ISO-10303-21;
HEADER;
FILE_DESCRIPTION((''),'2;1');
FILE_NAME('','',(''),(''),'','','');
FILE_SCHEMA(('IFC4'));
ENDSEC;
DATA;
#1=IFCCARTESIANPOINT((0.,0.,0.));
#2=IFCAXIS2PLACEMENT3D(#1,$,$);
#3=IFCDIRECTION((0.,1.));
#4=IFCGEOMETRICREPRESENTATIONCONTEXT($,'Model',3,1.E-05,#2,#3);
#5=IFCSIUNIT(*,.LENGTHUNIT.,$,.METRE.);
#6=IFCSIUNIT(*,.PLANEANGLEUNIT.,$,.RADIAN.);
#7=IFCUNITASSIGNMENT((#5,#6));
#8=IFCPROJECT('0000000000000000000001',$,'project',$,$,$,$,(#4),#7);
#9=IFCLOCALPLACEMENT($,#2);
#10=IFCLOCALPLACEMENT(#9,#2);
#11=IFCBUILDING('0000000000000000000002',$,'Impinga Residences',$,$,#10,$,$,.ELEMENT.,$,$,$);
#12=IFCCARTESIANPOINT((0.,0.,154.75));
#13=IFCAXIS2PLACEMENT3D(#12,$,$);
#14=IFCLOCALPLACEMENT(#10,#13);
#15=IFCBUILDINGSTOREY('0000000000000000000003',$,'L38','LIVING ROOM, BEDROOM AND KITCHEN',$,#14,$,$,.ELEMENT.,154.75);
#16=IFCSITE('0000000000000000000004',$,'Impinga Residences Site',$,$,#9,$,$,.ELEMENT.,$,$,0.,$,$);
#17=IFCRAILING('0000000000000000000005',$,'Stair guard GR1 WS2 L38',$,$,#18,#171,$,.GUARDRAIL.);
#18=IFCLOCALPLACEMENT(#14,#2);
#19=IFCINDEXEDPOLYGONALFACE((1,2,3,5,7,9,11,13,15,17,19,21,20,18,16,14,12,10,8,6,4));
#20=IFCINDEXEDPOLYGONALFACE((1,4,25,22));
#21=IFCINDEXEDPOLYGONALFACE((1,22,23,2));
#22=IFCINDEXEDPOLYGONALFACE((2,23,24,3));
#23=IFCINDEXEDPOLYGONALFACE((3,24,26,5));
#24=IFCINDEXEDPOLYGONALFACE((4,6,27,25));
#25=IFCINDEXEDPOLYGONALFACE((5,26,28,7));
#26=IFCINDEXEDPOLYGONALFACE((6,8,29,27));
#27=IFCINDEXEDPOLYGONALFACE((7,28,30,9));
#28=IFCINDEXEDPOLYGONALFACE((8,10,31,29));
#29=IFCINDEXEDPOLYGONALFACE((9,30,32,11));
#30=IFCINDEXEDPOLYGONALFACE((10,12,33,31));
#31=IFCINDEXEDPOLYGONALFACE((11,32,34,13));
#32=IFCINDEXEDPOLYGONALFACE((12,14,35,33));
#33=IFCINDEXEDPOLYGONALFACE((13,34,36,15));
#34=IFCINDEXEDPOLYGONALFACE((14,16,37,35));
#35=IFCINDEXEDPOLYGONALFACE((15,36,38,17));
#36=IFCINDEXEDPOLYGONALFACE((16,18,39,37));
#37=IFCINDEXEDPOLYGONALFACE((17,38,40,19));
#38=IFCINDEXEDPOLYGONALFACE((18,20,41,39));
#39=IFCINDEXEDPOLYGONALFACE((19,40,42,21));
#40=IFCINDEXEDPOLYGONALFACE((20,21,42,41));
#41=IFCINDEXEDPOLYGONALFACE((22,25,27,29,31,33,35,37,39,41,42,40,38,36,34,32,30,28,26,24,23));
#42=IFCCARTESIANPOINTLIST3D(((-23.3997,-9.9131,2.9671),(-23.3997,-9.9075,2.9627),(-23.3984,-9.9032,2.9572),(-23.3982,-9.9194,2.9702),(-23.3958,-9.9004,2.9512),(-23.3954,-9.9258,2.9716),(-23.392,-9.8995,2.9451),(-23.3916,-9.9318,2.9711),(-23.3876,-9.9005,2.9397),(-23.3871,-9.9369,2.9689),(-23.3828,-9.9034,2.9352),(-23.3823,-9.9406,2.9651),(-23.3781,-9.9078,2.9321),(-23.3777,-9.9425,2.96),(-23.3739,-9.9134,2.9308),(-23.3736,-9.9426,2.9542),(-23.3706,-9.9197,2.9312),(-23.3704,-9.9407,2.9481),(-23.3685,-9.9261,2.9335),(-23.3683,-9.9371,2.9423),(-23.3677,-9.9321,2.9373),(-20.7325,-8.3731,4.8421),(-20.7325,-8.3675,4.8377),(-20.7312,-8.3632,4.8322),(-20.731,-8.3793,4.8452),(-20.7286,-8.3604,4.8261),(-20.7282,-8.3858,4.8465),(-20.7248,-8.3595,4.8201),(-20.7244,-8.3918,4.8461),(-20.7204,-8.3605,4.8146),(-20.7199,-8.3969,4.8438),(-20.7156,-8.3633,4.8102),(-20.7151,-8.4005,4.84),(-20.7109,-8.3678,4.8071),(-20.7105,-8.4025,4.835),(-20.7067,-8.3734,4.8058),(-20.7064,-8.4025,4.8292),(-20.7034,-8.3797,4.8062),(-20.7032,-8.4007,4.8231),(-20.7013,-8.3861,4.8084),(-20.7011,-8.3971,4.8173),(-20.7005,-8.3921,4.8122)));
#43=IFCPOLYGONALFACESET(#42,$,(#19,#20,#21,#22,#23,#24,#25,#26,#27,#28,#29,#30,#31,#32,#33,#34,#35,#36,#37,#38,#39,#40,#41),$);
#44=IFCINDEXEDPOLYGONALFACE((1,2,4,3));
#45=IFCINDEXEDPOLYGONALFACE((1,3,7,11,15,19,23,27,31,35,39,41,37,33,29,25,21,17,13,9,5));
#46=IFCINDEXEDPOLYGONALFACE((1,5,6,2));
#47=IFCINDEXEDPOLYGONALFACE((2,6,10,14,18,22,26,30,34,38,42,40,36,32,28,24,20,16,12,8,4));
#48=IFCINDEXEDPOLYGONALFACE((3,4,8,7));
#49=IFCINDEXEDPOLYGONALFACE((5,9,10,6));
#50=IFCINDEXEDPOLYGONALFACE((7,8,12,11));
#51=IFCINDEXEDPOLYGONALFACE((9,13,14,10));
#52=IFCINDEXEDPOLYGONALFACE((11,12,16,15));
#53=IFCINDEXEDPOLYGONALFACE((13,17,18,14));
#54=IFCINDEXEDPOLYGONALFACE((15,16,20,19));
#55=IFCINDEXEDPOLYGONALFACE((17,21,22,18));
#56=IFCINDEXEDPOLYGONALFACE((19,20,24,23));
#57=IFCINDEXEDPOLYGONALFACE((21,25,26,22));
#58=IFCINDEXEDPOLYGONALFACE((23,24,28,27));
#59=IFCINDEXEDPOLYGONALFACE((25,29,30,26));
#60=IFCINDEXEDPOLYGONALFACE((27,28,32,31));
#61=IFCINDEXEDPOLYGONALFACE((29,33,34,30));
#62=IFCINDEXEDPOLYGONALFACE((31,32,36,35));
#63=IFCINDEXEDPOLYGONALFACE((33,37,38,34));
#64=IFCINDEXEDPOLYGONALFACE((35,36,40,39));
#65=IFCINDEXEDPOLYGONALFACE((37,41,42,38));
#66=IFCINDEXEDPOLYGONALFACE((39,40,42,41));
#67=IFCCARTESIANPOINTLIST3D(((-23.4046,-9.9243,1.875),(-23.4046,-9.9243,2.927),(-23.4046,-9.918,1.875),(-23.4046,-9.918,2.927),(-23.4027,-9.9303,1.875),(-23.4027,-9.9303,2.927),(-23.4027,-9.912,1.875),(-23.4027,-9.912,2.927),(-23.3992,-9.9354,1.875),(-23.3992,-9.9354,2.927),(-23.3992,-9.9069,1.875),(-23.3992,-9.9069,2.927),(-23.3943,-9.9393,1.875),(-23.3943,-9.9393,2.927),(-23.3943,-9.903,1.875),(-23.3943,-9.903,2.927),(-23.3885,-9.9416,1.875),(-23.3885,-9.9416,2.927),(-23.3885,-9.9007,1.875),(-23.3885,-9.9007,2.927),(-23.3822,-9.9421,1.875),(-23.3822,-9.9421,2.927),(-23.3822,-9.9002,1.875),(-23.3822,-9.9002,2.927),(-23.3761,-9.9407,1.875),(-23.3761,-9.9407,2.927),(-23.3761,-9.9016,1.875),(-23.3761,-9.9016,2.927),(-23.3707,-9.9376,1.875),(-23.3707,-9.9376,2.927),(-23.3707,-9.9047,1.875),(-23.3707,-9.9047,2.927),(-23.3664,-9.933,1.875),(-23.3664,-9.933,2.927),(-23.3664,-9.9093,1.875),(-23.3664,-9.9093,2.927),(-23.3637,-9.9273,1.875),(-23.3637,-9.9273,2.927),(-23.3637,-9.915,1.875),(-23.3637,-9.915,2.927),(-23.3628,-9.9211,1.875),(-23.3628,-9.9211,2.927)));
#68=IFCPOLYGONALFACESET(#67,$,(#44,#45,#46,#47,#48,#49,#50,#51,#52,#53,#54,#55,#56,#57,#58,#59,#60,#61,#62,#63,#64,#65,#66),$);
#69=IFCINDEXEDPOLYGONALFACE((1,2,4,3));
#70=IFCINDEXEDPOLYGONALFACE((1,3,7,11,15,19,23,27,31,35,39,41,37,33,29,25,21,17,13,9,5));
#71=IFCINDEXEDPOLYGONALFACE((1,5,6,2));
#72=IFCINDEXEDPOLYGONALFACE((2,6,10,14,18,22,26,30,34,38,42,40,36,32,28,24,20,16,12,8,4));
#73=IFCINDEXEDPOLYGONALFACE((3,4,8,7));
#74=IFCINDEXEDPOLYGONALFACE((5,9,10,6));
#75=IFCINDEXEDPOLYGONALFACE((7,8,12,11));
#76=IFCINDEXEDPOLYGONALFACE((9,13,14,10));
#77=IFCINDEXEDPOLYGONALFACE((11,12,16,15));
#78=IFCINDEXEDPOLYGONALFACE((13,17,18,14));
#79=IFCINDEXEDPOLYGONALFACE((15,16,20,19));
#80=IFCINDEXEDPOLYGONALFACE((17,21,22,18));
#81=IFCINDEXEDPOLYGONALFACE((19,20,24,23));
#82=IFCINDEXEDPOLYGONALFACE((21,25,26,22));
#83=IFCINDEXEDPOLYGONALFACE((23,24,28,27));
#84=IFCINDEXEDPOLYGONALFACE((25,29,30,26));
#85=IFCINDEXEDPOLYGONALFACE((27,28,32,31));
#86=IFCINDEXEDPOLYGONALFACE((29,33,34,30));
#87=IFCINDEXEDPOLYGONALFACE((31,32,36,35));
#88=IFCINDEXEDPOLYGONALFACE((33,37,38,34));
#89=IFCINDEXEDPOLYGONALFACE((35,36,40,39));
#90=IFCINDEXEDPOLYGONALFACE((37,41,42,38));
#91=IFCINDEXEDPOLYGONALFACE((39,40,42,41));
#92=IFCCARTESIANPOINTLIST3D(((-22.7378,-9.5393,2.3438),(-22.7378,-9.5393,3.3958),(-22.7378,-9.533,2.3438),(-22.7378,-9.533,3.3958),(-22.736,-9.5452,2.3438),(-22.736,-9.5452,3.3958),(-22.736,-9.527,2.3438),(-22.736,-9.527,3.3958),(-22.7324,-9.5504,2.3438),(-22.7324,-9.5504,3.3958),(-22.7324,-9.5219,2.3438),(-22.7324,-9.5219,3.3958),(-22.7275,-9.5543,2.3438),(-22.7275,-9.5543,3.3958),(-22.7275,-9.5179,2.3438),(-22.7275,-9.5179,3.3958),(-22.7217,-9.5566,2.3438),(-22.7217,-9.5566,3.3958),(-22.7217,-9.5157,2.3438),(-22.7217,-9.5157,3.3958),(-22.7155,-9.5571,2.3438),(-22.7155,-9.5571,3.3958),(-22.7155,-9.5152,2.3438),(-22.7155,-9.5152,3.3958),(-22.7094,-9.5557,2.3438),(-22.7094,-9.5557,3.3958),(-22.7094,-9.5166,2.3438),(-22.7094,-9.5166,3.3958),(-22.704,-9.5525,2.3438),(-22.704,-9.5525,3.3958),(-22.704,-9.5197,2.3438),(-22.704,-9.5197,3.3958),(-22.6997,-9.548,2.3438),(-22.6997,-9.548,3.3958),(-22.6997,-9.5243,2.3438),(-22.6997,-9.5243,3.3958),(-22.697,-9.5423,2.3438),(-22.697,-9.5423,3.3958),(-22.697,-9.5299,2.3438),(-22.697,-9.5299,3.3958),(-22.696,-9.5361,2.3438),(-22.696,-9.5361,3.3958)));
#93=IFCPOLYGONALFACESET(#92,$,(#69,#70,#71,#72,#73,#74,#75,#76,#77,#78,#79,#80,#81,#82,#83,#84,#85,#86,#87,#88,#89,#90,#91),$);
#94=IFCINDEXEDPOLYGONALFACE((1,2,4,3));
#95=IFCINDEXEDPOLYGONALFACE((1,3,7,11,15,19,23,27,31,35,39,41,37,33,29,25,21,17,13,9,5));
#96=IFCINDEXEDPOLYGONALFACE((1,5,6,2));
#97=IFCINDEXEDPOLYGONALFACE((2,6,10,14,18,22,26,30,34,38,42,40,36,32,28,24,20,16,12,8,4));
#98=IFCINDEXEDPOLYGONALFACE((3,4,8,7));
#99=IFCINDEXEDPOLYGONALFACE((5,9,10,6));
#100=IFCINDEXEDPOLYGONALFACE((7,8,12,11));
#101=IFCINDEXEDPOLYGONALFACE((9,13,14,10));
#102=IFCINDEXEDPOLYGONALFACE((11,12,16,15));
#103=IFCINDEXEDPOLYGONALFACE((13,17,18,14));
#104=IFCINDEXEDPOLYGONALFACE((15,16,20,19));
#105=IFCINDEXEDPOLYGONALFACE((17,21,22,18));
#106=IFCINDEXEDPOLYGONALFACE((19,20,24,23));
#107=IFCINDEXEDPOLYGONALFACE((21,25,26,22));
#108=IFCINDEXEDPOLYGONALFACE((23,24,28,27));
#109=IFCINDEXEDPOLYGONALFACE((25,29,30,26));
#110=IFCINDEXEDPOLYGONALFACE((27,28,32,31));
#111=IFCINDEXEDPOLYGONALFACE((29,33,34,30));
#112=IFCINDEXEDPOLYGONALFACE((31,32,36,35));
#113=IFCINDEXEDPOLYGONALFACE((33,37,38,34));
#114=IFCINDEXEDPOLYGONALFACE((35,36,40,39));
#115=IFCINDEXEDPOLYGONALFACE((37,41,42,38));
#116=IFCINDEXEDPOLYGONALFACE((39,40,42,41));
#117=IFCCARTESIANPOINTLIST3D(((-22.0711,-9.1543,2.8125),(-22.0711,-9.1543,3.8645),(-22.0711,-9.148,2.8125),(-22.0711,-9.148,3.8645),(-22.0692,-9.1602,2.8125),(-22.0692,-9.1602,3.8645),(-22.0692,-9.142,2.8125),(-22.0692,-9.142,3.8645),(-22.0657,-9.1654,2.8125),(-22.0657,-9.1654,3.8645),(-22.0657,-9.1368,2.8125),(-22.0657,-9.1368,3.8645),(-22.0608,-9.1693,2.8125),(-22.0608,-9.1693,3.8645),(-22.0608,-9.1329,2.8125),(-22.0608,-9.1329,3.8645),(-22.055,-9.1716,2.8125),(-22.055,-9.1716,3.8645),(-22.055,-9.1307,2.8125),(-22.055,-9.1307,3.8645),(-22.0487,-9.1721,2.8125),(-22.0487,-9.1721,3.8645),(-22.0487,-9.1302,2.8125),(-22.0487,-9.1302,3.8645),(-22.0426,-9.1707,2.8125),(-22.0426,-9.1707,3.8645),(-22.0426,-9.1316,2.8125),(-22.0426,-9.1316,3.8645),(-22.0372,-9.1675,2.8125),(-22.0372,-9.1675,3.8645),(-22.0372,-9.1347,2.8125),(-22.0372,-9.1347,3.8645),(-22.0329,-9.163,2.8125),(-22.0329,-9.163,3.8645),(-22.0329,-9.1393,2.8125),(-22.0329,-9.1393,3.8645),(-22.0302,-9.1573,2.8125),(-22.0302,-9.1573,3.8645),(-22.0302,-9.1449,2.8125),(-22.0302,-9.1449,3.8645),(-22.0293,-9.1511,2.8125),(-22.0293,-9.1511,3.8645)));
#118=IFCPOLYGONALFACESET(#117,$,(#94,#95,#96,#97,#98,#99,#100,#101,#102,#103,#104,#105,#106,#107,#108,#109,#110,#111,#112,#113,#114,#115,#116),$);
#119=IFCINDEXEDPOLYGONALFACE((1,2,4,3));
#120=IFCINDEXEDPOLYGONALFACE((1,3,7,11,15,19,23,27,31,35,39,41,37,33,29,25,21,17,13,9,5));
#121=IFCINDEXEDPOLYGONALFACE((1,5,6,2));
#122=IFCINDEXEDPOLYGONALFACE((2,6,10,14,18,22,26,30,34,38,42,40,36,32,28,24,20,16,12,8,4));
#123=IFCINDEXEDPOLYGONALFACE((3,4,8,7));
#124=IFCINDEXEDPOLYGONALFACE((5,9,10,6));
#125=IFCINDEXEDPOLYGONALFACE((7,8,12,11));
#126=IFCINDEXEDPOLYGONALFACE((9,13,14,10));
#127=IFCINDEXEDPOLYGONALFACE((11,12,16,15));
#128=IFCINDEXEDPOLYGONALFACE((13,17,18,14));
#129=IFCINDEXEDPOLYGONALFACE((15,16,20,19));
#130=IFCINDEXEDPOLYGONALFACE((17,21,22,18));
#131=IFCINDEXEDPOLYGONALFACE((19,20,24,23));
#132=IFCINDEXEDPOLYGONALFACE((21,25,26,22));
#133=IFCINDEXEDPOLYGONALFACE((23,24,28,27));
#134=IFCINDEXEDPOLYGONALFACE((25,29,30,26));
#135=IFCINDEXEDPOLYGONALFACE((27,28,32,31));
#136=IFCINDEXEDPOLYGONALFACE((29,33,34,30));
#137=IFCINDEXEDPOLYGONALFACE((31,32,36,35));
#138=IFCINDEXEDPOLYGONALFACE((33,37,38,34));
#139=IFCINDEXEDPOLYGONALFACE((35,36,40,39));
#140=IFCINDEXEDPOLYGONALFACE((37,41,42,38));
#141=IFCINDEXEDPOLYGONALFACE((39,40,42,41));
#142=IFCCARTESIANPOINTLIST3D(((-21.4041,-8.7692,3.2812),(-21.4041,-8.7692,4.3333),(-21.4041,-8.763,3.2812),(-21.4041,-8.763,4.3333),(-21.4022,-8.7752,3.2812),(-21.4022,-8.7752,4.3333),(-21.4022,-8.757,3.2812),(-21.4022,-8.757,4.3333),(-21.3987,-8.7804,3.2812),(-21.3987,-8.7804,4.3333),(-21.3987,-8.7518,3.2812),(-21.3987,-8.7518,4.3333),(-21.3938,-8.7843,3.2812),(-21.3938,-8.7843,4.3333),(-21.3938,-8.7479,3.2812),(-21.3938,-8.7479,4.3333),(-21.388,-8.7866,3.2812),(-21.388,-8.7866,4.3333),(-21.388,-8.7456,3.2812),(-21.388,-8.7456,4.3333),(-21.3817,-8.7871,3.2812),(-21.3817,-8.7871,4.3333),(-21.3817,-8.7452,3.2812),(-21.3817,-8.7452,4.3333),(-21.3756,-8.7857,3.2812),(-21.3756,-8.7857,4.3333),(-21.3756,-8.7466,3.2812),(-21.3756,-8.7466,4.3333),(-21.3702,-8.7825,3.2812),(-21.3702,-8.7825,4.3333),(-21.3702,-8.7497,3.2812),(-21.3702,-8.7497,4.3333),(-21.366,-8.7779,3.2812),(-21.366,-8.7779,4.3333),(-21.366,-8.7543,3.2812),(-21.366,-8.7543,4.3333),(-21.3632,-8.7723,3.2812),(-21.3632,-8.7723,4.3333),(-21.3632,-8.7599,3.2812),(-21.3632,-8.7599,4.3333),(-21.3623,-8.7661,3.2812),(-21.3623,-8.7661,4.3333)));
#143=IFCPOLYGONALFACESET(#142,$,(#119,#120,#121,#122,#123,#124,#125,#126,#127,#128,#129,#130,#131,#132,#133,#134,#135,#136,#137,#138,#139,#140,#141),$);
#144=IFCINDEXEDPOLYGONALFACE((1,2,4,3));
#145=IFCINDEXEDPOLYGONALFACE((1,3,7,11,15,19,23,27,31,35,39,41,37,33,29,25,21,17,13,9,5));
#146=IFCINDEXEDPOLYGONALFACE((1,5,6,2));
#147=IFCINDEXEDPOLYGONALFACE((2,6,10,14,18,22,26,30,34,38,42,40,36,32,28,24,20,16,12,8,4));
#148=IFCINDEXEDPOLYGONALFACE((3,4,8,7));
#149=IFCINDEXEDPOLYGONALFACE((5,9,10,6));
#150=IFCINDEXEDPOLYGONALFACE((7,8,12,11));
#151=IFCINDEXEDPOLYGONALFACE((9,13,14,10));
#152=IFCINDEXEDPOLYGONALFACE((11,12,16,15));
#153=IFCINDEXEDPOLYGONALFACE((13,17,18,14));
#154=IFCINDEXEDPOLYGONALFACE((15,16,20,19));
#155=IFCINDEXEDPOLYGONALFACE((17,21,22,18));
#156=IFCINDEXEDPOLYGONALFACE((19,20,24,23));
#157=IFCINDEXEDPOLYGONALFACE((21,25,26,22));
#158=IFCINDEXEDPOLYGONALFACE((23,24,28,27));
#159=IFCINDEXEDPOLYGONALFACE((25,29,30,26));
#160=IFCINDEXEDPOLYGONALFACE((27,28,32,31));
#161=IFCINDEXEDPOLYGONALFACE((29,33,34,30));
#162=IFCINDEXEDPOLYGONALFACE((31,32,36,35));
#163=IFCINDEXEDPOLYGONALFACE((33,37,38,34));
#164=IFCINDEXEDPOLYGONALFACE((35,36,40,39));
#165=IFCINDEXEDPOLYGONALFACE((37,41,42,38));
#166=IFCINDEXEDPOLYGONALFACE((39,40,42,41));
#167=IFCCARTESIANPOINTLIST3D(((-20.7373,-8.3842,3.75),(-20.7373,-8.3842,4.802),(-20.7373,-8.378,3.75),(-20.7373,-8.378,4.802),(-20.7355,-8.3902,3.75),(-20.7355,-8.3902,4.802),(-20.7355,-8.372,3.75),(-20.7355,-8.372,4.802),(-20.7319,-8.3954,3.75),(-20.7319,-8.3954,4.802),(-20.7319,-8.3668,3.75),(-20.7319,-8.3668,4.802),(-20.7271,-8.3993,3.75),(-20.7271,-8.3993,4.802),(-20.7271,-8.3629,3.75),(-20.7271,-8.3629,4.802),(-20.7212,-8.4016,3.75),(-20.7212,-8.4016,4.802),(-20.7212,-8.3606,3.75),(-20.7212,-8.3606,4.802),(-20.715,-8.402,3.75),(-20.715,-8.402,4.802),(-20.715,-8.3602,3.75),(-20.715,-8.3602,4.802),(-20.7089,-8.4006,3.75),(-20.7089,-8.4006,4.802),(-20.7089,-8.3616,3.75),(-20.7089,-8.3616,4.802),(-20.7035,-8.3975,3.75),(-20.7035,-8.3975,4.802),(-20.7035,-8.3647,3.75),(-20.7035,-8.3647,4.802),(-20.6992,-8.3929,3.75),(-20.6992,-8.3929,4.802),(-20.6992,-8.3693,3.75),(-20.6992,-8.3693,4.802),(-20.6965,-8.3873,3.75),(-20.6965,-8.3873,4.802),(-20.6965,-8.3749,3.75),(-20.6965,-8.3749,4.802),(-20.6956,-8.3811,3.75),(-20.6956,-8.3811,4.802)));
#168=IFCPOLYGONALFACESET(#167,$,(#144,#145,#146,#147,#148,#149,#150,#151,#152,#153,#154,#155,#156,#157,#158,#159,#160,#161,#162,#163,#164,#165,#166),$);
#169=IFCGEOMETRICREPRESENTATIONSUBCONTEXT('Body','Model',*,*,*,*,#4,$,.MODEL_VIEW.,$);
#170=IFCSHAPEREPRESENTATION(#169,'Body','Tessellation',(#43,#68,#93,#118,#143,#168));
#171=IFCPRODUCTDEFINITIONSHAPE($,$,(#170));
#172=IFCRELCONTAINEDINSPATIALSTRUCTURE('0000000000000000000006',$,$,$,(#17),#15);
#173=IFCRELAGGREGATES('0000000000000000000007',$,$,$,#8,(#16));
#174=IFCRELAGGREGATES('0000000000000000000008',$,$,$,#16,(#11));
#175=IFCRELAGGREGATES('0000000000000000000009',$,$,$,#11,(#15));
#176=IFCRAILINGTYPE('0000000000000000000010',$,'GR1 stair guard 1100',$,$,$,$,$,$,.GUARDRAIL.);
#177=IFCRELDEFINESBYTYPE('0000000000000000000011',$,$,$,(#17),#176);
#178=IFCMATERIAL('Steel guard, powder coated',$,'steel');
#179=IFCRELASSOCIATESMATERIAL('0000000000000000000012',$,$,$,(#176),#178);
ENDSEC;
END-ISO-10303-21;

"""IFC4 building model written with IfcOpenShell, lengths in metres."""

from ifc_helpers import new_model, si_unit, direction, frame, origin, origin_2d, place, context, subcontext, project, spatial, circle, extrude, material, type_object, element, save


model = new_model("IFC4")

# Units and contexts
model_context = context("Model", 3, precision=1e-05, world=origin(), true_north=direction((0.0, 1.0)))
body_context = subcontext(model_context, "Body", "Model", "MODEL_VIEW")
ifc_project = project(units=[si_unit("LENGTHUNIT", "METRE"), si_unit("PLANEANGLEUNIT", "RADIAN")], contexts=[model_context])

# Site, building, storey
site_placement = place(None, origin())
site = spatial("IfcSite", under=ifc_project, at=site_placement, Name="Impinga Residences Site", CompositionType="ELEMENT", RefElevation=0.0)
building_placement = place(site_placement, origin())
building = spatial("IfcBuilding", under=site, at=building_placement, Name="Impinga Residences", CompositionType="ELEMENT")
storey_placement = place(building_placement, frame((0.0, 0.0, 154.75)))
storey = spatial("IfcBuildingStorey", under=building, at=storey_placement, Name="L38", Description="LIVING ROOM, BEDROOM AND KITCHEN", CompositionType="ELEMENT", Elevation=154.75)

# Railing
ifc_material_1 = material(Name="Steel guard, powder coated", Category="steel")
railing_type_1 = type_object("IfcRailingType", Name="GR1 stair guard 1100", PredefinedType="GUARDRAIL", material=ifc_material_1)
railing_1_placement = place(storey_placement, frame((-23.3838, -9.9211, 1.875)))
element("IfcRailing", 1, at=railing_1_placement, inside=storey, type_object=railing_type_1, Name="Stair guard GR1 WS2 L38", PredefinedType="GUARDRAIL", context=body_context, shape_type="SweptSolid", body=[
    extrude(circle(Radius=0.0239, at=origin_2d()), frame((0.0, 0.0, 1.0762), z_axis=(0.739716, 0.427105, 0.520002), x_axis=(-0.500027, 0.86601, 0.0)), (0.0, 0.0, 1.0), 3.6057),
    extrude(circle(Radius=0.021, at=origin_2d()), origin(), (0.0, 0.0, 1.0), 1.052),
    extrude(circle(Radius=0.021, at=origin_2d()), frame((0.6667, 0.385, 0.4688)), (0.0, 0.0, 1.0), 1.052),
    extrude(circle(Radius=0.021, at=origin_2d()), frame((1.3335, 0.77, 0.9375)), (0.0, 0.0, 1.0), 1.052),
    extrude(circle(Radius=0.021, at=origin_2d()), frame((2.0005, 1.155, 1.4062)), (0.0, 0.0, 1.0), 1.052),
    extrude(circle(Radius=0.021, at=origin_2d()), frame((2.6672, 1.54, 1.875)), (0.0, 0.0, 1.0), 1.052),
])

save(model, "model.ifc")
